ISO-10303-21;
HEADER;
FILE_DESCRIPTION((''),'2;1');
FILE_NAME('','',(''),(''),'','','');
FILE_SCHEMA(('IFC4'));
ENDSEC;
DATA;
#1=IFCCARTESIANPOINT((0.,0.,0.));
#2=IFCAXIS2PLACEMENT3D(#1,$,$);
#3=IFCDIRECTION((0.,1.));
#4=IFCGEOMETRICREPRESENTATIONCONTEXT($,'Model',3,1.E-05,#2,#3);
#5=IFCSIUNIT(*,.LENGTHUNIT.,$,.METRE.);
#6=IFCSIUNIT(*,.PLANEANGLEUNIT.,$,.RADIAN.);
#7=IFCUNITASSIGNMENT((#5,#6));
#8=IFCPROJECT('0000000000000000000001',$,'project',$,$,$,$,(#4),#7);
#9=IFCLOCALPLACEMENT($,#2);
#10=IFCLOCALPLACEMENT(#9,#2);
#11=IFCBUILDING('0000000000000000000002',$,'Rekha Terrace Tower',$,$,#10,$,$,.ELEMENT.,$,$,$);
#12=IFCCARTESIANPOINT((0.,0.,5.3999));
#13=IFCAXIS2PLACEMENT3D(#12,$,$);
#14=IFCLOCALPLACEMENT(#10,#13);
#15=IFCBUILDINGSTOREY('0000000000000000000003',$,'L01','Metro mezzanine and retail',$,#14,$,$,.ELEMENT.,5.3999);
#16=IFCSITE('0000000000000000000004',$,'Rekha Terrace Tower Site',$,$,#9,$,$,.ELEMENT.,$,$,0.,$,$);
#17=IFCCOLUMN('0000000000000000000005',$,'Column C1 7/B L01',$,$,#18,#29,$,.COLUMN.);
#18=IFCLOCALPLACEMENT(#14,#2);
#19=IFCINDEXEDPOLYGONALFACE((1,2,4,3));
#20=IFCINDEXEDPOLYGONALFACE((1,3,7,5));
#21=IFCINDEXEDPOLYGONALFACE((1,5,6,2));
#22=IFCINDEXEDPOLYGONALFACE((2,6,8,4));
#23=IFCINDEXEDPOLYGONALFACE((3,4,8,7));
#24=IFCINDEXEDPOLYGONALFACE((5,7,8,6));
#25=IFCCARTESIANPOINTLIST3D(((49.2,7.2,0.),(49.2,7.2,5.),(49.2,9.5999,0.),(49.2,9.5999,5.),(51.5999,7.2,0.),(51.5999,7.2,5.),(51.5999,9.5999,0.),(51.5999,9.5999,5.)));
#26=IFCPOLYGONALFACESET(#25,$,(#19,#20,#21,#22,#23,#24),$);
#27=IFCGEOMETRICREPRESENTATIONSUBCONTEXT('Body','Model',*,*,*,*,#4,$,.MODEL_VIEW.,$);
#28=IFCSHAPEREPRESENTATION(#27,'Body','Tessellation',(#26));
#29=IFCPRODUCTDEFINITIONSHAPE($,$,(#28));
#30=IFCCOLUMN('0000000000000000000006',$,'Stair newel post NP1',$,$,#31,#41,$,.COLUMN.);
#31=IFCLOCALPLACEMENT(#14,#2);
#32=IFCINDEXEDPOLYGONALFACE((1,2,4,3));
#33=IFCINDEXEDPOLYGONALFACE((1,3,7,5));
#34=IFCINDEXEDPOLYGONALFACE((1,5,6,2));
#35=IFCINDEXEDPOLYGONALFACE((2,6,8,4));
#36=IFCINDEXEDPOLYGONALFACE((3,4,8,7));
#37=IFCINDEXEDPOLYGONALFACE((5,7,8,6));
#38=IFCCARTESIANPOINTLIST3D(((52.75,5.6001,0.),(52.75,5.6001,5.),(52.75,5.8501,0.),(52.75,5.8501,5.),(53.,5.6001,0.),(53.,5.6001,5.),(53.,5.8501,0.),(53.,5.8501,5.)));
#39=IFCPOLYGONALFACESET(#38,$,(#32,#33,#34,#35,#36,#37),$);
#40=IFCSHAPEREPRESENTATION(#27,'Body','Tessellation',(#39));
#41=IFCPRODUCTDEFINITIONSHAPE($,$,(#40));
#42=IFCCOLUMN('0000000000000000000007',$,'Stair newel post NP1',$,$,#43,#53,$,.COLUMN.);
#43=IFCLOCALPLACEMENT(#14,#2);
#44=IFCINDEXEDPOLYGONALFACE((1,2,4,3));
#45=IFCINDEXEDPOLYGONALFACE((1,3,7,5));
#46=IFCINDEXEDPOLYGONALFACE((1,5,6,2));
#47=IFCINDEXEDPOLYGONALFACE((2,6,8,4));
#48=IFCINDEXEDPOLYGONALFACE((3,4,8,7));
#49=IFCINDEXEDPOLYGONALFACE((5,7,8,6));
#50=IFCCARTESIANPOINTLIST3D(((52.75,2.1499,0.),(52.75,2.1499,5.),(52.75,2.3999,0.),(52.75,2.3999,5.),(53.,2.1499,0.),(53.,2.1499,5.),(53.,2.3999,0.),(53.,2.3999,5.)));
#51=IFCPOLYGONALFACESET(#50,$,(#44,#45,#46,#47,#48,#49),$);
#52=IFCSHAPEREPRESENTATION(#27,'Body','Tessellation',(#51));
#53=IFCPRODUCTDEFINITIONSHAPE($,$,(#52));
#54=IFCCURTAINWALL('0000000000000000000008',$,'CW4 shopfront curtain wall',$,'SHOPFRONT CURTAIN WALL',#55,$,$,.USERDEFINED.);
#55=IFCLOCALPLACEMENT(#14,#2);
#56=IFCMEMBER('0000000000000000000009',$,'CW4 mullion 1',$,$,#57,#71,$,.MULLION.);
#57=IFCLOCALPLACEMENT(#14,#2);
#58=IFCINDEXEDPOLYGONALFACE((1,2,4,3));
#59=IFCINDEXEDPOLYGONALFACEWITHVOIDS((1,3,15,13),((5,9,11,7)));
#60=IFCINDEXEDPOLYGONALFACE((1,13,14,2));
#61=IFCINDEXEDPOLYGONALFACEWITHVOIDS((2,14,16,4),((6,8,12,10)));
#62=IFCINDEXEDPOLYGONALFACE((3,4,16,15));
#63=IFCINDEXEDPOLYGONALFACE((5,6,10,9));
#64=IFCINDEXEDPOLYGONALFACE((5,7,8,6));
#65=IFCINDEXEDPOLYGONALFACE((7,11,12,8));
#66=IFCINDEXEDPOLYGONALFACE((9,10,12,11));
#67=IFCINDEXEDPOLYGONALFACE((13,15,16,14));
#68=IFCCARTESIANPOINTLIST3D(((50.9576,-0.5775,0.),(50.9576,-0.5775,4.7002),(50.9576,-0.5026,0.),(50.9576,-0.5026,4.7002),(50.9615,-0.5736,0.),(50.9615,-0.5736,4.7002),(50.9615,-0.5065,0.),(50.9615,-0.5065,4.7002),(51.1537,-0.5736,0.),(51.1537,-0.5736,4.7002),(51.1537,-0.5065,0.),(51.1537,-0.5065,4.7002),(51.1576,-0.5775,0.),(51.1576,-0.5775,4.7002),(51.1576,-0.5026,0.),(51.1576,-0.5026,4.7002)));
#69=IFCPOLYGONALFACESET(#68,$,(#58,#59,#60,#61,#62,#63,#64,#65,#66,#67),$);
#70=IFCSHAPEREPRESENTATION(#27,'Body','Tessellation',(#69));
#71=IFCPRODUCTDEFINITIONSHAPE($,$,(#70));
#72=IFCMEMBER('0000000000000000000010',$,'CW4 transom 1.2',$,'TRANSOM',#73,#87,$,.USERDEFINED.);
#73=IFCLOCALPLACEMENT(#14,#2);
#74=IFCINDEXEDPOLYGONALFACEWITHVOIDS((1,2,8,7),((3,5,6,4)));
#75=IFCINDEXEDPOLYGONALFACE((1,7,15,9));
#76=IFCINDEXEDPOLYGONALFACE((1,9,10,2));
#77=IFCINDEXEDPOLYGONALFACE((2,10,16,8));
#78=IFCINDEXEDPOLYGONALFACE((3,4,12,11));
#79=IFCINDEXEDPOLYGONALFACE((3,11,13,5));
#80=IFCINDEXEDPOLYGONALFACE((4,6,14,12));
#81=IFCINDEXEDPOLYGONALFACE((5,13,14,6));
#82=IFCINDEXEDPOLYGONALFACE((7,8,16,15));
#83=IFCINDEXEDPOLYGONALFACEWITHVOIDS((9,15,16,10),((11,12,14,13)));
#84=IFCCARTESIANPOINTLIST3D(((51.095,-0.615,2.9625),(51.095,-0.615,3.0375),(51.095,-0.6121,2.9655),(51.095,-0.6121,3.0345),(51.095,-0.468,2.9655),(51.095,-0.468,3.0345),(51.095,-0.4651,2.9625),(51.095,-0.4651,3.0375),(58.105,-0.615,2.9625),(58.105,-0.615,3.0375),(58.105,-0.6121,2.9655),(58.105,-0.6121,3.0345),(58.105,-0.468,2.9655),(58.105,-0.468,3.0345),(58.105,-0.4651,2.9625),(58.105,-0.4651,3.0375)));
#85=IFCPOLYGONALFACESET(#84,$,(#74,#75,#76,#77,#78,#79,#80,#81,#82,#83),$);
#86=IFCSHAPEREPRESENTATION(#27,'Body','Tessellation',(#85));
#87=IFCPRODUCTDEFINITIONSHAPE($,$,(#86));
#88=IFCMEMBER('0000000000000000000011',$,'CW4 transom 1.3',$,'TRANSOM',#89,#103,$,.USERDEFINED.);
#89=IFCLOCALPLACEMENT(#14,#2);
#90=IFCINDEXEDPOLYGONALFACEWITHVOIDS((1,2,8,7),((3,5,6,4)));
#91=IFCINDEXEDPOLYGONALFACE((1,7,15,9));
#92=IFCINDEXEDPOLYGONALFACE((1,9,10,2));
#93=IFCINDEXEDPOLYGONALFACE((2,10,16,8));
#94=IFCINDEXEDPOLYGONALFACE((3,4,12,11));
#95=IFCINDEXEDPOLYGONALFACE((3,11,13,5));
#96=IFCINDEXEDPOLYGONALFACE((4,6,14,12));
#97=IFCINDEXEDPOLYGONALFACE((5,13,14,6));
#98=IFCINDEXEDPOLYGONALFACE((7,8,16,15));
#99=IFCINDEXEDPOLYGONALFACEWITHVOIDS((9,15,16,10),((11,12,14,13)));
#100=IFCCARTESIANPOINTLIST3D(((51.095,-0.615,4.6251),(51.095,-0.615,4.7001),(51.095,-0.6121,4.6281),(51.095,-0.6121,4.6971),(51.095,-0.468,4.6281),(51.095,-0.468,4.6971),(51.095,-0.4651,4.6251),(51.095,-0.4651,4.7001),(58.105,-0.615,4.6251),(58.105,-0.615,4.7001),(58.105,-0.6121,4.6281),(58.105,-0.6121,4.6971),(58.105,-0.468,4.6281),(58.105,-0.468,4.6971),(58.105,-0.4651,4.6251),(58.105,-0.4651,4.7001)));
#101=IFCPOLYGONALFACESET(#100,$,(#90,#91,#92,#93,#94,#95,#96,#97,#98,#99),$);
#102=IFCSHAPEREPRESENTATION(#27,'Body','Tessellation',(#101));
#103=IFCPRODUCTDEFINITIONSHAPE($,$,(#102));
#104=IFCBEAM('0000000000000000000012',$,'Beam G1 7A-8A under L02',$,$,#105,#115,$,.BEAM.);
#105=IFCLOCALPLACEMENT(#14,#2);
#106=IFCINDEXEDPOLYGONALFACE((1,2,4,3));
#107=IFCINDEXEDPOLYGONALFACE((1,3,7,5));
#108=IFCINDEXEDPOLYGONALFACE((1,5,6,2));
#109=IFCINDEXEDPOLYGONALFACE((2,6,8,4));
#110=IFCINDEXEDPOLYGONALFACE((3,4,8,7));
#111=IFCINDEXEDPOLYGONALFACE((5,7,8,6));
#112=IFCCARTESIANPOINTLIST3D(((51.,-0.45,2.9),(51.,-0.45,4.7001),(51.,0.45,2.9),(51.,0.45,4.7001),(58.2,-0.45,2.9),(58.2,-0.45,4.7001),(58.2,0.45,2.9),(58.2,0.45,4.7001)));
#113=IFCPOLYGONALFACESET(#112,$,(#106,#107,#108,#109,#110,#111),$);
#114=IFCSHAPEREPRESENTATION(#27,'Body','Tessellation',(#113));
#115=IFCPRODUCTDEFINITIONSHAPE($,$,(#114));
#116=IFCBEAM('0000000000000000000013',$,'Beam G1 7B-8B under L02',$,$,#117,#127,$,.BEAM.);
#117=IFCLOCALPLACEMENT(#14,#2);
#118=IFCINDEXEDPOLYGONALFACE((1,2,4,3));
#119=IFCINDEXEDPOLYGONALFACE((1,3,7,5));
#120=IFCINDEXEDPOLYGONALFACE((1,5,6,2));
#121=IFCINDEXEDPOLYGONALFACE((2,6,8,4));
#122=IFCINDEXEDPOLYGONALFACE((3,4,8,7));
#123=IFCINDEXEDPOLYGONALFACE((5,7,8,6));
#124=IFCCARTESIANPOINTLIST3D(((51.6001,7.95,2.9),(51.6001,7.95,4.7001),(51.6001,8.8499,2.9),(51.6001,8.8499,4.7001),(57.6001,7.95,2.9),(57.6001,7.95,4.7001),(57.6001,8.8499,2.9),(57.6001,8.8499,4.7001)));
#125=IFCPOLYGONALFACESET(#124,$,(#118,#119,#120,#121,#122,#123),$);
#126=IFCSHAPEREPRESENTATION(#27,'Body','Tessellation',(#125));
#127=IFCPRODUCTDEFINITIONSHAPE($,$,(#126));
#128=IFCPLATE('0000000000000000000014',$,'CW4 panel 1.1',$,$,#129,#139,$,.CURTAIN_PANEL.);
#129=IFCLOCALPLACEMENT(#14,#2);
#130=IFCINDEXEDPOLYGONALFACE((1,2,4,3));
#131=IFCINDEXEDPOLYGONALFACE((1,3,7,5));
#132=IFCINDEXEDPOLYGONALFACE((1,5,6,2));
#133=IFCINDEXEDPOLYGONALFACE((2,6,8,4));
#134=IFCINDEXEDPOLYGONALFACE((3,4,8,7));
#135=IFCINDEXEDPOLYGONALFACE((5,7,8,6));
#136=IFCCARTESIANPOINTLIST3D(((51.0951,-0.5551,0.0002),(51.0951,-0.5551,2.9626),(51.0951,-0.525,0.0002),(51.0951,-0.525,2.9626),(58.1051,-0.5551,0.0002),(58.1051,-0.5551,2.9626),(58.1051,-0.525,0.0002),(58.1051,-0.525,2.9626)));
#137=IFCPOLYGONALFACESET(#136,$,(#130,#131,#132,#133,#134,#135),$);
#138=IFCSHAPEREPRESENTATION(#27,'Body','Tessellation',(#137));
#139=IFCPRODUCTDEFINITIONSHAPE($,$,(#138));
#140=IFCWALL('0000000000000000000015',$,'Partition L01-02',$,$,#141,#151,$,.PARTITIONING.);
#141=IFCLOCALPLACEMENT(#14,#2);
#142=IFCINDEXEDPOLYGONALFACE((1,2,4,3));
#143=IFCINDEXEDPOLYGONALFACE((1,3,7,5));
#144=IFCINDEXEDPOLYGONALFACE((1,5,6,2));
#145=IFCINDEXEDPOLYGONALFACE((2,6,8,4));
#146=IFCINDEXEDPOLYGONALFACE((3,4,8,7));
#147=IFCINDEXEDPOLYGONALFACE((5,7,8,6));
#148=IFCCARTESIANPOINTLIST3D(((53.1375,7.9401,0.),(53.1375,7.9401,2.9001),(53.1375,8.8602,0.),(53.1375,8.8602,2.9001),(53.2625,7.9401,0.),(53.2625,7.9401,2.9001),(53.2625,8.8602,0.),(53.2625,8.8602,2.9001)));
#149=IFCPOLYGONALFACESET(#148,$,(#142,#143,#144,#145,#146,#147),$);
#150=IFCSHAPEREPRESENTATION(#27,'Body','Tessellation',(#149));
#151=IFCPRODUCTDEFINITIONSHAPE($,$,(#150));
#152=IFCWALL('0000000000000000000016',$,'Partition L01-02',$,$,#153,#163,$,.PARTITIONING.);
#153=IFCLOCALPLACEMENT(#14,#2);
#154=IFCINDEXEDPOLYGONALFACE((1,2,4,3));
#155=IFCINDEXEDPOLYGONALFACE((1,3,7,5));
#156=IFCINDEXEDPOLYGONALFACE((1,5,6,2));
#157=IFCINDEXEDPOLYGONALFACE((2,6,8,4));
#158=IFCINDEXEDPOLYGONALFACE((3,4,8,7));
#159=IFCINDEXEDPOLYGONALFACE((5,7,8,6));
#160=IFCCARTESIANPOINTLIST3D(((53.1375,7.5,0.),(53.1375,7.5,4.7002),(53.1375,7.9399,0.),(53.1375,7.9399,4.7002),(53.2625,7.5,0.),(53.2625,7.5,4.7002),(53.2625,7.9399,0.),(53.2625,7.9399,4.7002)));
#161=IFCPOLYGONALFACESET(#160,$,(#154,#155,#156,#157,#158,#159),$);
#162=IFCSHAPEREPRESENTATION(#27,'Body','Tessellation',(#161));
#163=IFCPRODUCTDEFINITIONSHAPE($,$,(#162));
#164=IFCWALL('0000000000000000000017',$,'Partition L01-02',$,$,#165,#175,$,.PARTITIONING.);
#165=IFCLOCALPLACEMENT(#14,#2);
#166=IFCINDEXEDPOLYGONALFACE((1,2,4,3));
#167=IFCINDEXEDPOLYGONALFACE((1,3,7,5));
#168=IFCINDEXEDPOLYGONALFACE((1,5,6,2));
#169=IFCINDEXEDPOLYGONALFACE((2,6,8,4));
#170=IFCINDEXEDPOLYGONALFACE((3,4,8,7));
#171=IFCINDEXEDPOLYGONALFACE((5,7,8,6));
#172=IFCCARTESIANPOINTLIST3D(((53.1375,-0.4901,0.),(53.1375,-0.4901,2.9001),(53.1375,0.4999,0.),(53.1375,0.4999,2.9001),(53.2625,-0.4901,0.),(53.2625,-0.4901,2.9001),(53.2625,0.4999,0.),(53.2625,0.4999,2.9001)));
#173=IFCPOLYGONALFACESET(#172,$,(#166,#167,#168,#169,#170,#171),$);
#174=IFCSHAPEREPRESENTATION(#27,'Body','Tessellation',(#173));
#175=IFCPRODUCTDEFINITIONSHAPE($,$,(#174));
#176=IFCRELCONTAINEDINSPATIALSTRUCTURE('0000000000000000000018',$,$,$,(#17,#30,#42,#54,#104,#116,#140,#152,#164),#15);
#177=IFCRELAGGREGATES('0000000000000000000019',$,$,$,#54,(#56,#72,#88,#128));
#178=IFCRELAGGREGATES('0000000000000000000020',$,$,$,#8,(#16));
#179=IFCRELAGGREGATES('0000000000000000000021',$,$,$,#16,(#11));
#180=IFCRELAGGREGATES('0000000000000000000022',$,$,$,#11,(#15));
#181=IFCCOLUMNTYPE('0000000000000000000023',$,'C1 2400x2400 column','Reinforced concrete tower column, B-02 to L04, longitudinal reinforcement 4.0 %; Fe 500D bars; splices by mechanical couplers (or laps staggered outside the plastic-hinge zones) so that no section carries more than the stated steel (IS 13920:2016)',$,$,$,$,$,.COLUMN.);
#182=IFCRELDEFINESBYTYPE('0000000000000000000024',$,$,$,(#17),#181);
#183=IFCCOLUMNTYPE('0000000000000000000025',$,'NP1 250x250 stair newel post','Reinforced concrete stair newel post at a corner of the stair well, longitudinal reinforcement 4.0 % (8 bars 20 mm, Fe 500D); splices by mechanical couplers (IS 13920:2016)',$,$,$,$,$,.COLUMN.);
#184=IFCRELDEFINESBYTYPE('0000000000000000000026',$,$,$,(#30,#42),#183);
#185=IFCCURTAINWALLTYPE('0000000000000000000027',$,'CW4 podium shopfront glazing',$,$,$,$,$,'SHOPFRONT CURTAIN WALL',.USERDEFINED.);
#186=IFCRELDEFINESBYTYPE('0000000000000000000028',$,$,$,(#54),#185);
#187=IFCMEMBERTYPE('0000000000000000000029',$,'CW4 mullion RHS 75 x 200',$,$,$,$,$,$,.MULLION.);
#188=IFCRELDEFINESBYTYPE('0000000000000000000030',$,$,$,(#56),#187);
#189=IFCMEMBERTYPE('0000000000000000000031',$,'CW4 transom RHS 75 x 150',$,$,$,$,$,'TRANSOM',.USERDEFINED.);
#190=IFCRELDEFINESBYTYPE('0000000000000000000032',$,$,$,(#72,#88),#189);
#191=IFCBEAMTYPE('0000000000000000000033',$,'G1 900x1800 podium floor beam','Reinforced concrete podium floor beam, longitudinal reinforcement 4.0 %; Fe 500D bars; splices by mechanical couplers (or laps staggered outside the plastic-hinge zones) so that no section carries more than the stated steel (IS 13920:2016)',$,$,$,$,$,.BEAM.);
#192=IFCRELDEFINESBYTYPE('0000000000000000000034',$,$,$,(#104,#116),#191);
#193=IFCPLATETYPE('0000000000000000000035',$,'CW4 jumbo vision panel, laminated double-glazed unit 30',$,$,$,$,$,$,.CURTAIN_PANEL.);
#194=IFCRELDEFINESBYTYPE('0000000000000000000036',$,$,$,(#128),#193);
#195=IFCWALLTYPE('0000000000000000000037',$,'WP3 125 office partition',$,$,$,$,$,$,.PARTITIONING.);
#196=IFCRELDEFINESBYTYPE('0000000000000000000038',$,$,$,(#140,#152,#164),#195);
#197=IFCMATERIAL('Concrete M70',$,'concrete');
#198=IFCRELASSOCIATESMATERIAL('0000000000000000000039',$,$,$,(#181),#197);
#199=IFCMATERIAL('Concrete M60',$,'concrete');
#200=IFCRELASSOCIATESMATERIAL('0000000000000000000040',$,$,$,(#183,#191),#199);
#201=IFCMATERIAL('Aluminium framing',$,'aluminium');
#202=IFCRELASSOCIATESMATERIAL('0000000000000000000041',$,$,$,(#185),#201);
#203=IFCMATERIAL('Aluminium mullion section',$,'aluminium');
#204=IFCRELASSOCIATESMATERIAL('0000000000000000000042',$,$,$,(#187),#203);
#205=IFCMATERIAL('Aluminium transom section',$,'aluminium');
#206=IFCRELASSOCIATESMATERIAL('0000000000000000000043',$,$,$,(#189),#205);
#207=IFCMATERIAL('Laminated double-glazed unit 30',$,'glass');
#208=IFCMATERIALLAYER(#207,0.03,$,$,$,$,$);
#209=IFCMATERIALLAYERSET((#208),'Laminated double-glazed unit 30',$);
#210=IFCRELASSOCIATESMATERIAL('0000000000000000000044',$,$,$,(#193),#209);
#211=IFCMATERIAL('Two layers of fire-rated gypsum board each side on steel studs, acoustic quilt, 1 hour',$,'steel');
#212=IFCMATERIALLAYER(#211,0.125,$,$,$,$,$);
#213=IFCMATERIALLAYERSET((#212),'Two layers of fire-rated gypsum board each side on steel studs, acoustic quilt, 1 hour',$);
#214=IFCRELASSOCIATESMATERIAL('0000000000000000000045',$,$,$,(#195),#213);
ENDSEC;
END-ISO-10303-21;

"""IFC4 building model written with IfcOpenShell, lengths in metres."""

from ifc_helpers import new_model, si_unit, direction, frame, frame_2d, origin, origin_2d, place, context, subcontext, project, spatial, rectangle, hollow_rectangle, extrude, material, layer, layer_set, material_profile, profile_set, type_object, element, aggregate, save


model = new_model("IFC4")

# Units and contexts
model_context = context("Model", 3, precision=1e-05, world=origin(), true_north=direction((0.0, 1.0)))
body_context = subcontext(model_context, "Body", "Model", "MODEL_VIEW")
ifc_project = project(units=[si_unit("LENGTHUNIT", "METRE"), si_unit("PLANEANGLEUNIT", "RADIAN")], contexts=[model_context])

# Site, building, storey
site_placement = place(None, origin())
site = spatial("IfcSite", under=ifc_project, at=site_placement, Name="Rekha Terrace Tower Site", CompositionType="ELEMENT", RefElevation=0.0)
building_placement = place(site_placement, origin())
building = spatial("IfcBuilding", under=site, at=building_placement, Name="Rekha Terrace Tower", CompositionType="ELEMENT")
storey_placement = place(building_placement, frame((0.0, 0.0, 5.3999)))
storey = spatial("IfcBuildingStorey", under=building, at=storey_placement, Name="L01", Description="Metro mezzanine and retail", CompositionType="ELEMENT", Elevation=5.3999)

# Columns
ifc_material_1 = material(Name="Concrete M70", Category="concrete")
ifc_material_profile_1 = material_profile(ifc_material_1, rectangle(XDim=2.3999, YDim=2.3999, at=origin_2d()), Name="RC 2400x2400")
ifc_profile_set_1 = profile_set([ifc_material_profile_1], Name="Concrete M70")
column_type_1 = type_object("IfcColumnType", Name="C1 2400x2400 column", Description="Reinforced concrete tower column, B-02 to L04, longitudinal reinforcement 4.0 %; Fe 500D bars; splices by mechanical couplers (or laps staggered outside the plastic-hinge zones) so that no section carries more than the stated steel (IS 13920:2016)", PredefinedType="COLUMN", material=ifc_profile_set_1)
column_placement = place(storey_placement, frame((50.3999, 8.3999, 0.0), z_axis=(0.0, 0.0, 1.0), x_axis=(1.0, 0.0, 0.0)))
element("IfcColumn", 1, at=column_placement, inside=storey, type_object=column_type_1, Name="Column C1 7/B L01", PredefinedType="COLUMN", context=body_context, shape_type="SweptSolid", body=[
    extrude(rectangle(XDim=2.3999, YDim=2.3999, at=origin_2d()), origin(), (0.0, 0.0, 1.0), 5.0),
])
ifc_material_2 = material(Name="Concrete M60", Category="concrete")
ifc_material_profile_2 = material_profile(ifc_material_2, rectangle(XDim=0.25, YDim=0.25, at=origin_2d()), Name="RC 250x250")
ifc_profile_set_2 = profile_set([ifc_material_profile_2], Name="Concrete M60")
column_type_2 = type_object("IfcColumnType", Name="NP1 250x250 stair newel post", Description="Reinforced concrete stair newel post at a corner of the stair well, longitudinal reinforcement 4.0 % (8 bars 20 mm, Fe 500D); splices by mechanical couplers (IS 13920:2016)", PredefinedType="COLUMN", material=ifc_profile_set_2)
for number, where, z_axis, x_axis, name in (
    (2, (52.875, 5.7251, 0.0), (0.0, 0.0, 1.0), (1.0, 0.0, 0.0), "Stair newel post NP1"),
    (3, (52.875, 2.2749, 0.0), (0.0, 0.0, 1.0), (1.0, 0.0, 0.0), "Stair newel post NP1"),
):
    element("IfcColumn", number, at=place(storey_placement, frame(where, z_axis=z_axis, x_axis=x_axis)), inside=storey, type_object=column_type_2, Name=name, PredefinedType="COLUMN", context=body_context, shape_type="SweptSolid", body=[
        extrude(rectangle(XDim=0.25, YDim=0.25, at=origin_2d()), origin(), (0.0, 0.0, 1.0), 5.0),
    ])

# Curtain wall, members
ifc_material_3 = material(Name="Aluminium framing", Category="aluminium")
curtain_wall_type = type_object("IfcCurtainWallType", Name="CW4 podium shopfront glazing", ElementType="SHOPFRONT CURTAIN WALL", PredefinedType="USERDEFINED", material=ifc_material_3)
curtain_wall_placement = place(storey_placement, origin())
curtain_wall = element("IfcCurtainWall", 4, at=curtain_wall_placement, inside=storey, type_object=curtain_wall_type, Name="CW4 shopfront curtain wall", ObjectType="SHOPFRONT CURTAIN WALL", PredefinedType="USERDEFINED")
ifc_material_4 = material(Name="Aluminium mullion section", Category="aluminium")
ifc_material_profile_3 = material_profile(ifc_material_4, hollow_rectangle(XDim=0.075, YDim=0.2, WallThickness=0.0039, at=origin_2d()), Name="AL RHS 75x200")
ifc_profile_set_3 = profile_set([ifc_material_profile_3], Name="Aluminium mullion section")
member_type_1 = type_object("IfcMemberType", Name="CW4 mullion RHS 75 x 200", PredefinedType="MULLION", material=ifc_profile_set_3)
member_1_placement = place(storey_placement, frame((51.0576, -0.54, 0.0), z_axis=(0.0, 0.0, 1.0), x_axis=(0.0, 1.0, 0.0)))
member_1 = element("IfcMember", 5, at=member_1_placement, type_object=member_type_1, Name="CW4 mullion 1", PredefinedType="MULLION", context=body_context, shape_type="SweptSolid", body=[
    extrude(hollow_rectangle(XDim=0.075, YDim=0.2, WallThickness=0.0039, at=origin_2d()), origin(), (0.0, 0.0, 1.0), 4.7002),
])
ifc_material_5 = material(Name="Aluminium transom section", Category="aluminium")
ifc_material_profile_4 = material_profile(ifc_material_5, hollow_rectangle(XDim=0.1499, YDim=0.075, WallThickness=0.0029, at=origin_2d()), Name="AL RHS 150x75")
ifc_profile_set_4 = profile_set([ifc_material_profile_4], Name="Aluminium transom section")
member_type_2 = type_object("IfcMemberType", Name="CW4 transom RHS 75 x 150", ElementType="TRANSOM", PredefinedType="USERDEFINED", material=ifc_profile_set_4)
member_2_placement = place(storey_placement, frame((51.095, -0.54, 3.0), z_axis=(1.0, 0.0, 0.0), x_axis=(0.0, 1.0, 0.0)))
member_2 = element("IfcMember", 6, at=member_2_placement, type_object=member_type_2, Name="CW4 transom 1.2", ObjectType="TRANSOM", PredefinedType="USERDEFINED", context=body_context, shape_type="SweptSolid", body=[
    extrude(hollow_rectangle(XDim=0.1499, YDim=0.075, WallThickness=0.0029, at=origin_2d()), origin(), (0.0, 0.0, 1.0), 7.01),
])
member_3_placement = place(storey_placement, frame((51.095, -0.54, 4.6626), z_axis=(1.0, 0.0, 0.0), x_axis=(0.0, 1.0, 0.0)))
member_3 = element("IfcMember", 7, at=member_3_placement, type_object=member_type_2, Name="CW4 transom 1.3", ObjectType="TRANSOM", PredefinedType="USERDEFINED", context=body_context, shape_type="SweptSolid", body=[
    extrude(hollow_rectangle(XDim=0.1499, YDim=0.075, WallThickness=0.0029, at=origin_2d()), origin(), (0.0, 0.0, 1.0), 7.01),
])

# Beams
ifc_material_profile_5 = material_profile(ifc_material_2, rectangle(XDim=0.8999, YDim=1.8, at=origin_2d()), Name="RC 900x1800")
ifc_profile_set_5 = profile_set([ifc_material_profile_5], Name="Concrete M60")
beam_type = type_object("IfcBeamType", Name="G1 900x1800 podium floor beam", Description="Reinforced concrete podium floor beam, longitudinal reinforcement 4.0 %; Fe 500D bars; splices by mechanical couplers (or laps staggered outside the plastic-hinge zones) so that no section carries more than the stated steel (IS 13920:2016)", PredefinedType="BEAM", material=ifc_profile_set_5)
beam_1_placement = place(storey_placement, frame((51.0, 0.0, 3.8), z_axis=(1.0, 0.0, 0.0), x_axis=(0.0, 1.0, 0.0)))
element("IfcBeam", 8, at=beam_1_placement, inside=storey, type_object=beam_type, Name="Beam G1 7A-8A under L02", PredefinedType="BEAM", context=body_context, shape_type="SweptSolid", body=[
    extrude(rectangle(XDim=0.8999, YDim=1.8, at=origin_2d()), origin(), (0.0, 0.0, 1.0), 7.2),
])
beam_2_placement = place(storey_placement, frame((51.6001, 8.3999, 3.8), z_axis=(1.0, 0.0, 0.0), x_axis=(0.0, 1.0, 0.0)))
element("IfcBeam", 9, at=beam_2_placement, inside=storey, type_object=beam_type, Name="Beam G1 7B-8B under L02", PredefinedType="BEAM", context=body_context, shape_type="SweptSolid", body=[
    extrude(rectangle(XDim=0.8999, YDim=1.8, at=origin_2d()), origin(), (0.0, 0.0, 1.0), 6.0),
])

# Plate
ifc_material_6 = material(Name="Laminated double-glazed unit 30", Category="glass")
ifc_layer_1 = layer(ifc_material_6, 0.03)
ifc_layer_set_1 = layer_set([ifc_layer_1], Name="Laminated double-glazed unit 30")
plate_type = type_object("IfcPlateType", Name="CW4 jumbo vision panel, laminated double-glazed unit 30", PredefinedType="CURTAIN_PANEL", material=ifc_layer_set_1)
plate_placement = place(storey_placement, frame((54.6001, -0.54, 0.0002), z_axis=(0.0, 0.0, 1.0), x_axis=(1.0, 0.0, 0.0)))
plate = element("IfcPlate", 10, at=plate_placement, type_object=plate_type, Name="CW4 panel 1.1", PredefinedType="CURTAIN_PANEL", context=body_context, shape_type="SweptSolid", body=[
    extrude(rectangle(XDim=7.01, YDim=0.03, at=origin_2d()), origin(), (0.0, 0.0, 1.0), 2.9624),
])
aggregate(curtain_wall, [member_1, member_2, member_3, plate])

# Walls
ifc_material_7 = material(Name="Two layers of fire-rated gypsum board each side on steel studs, acoustic quilt, 1 hour", Category="steel")
ifc_layer_2 = layer(ifc_material_7, 0.125)
ifc_layer_set_2 = layer_set([ifc_layer_2], Name="Two layers of fire-rated gypsum board each side on steel studs, acoustic quilt, 1 hour")
wall_type_1 = type_object("IfcWallType", Name="WP3 125 office partition", PredefinedType="PARTITIONING", material=ifc_layer_set_2)
wall_1_placement = place(storey_placement, frame((53.2, 8.8601, 0.0), z_axis=(0.0, 0.0, 1.0), x_axis=(0.0, -1.0, 0.0)))
element("IfcWall", 11, at=wall_1_placement, inside=storey, type_object=wall_type_1, Name="Partition L01-02", PredefinedType="PARTITIONING", context=body_context, shape_type="SweptSolid", body=[
    extrude(rectangle(XDim=0.9202, YDim=0.125, at=frame_2d((0.46, 0.0))), origin(), (0.0, 0.0, 1.0), 2.9001),
])
wall_2_placement = place(storey_placement, frame((53.2, 7.9399, 0.0), z_axis=(0.0, 0.0, 1.0), x_axis=(0.0, -1.0, 0.0)))
element("IfcWall", 12, at=wall_2_placement, inside=storey, type_object=wall_type_1, Name="Partition L01-02", PredefinedType="PARTITIONING", context=body_context, shape_type="SweptSolid", body=[
    extrude(rectangle(XDim=0.4399, YDim=0.125, at=frame_2d((0.22, 0.0))), origin(), (0.0, 0.0, 1.0), 4.7002),
])
wall_3_placement = place(storey_placement, frame((53.2, 0.5, 0.0), z_axis=(0.0, 0.0, 1.0), x_axis=(0.0, -1.0, 0.0)))
element("IfcWall", 13, at=wall_3_placement, inside=storey, type_object=wall_type_1, Name="Partition L01-02", PredefinedType="PARTITIONING", context=body_context, shape_type="SweptSolid", body=[
    extrude(rectangle(XDim=0.99, YDim=0.125, at=frame_2d((0.4951, 0.0))), origin(), (0.0, 0.0, 1.0), 2.9001),
])

save(model, "model.ifc")
